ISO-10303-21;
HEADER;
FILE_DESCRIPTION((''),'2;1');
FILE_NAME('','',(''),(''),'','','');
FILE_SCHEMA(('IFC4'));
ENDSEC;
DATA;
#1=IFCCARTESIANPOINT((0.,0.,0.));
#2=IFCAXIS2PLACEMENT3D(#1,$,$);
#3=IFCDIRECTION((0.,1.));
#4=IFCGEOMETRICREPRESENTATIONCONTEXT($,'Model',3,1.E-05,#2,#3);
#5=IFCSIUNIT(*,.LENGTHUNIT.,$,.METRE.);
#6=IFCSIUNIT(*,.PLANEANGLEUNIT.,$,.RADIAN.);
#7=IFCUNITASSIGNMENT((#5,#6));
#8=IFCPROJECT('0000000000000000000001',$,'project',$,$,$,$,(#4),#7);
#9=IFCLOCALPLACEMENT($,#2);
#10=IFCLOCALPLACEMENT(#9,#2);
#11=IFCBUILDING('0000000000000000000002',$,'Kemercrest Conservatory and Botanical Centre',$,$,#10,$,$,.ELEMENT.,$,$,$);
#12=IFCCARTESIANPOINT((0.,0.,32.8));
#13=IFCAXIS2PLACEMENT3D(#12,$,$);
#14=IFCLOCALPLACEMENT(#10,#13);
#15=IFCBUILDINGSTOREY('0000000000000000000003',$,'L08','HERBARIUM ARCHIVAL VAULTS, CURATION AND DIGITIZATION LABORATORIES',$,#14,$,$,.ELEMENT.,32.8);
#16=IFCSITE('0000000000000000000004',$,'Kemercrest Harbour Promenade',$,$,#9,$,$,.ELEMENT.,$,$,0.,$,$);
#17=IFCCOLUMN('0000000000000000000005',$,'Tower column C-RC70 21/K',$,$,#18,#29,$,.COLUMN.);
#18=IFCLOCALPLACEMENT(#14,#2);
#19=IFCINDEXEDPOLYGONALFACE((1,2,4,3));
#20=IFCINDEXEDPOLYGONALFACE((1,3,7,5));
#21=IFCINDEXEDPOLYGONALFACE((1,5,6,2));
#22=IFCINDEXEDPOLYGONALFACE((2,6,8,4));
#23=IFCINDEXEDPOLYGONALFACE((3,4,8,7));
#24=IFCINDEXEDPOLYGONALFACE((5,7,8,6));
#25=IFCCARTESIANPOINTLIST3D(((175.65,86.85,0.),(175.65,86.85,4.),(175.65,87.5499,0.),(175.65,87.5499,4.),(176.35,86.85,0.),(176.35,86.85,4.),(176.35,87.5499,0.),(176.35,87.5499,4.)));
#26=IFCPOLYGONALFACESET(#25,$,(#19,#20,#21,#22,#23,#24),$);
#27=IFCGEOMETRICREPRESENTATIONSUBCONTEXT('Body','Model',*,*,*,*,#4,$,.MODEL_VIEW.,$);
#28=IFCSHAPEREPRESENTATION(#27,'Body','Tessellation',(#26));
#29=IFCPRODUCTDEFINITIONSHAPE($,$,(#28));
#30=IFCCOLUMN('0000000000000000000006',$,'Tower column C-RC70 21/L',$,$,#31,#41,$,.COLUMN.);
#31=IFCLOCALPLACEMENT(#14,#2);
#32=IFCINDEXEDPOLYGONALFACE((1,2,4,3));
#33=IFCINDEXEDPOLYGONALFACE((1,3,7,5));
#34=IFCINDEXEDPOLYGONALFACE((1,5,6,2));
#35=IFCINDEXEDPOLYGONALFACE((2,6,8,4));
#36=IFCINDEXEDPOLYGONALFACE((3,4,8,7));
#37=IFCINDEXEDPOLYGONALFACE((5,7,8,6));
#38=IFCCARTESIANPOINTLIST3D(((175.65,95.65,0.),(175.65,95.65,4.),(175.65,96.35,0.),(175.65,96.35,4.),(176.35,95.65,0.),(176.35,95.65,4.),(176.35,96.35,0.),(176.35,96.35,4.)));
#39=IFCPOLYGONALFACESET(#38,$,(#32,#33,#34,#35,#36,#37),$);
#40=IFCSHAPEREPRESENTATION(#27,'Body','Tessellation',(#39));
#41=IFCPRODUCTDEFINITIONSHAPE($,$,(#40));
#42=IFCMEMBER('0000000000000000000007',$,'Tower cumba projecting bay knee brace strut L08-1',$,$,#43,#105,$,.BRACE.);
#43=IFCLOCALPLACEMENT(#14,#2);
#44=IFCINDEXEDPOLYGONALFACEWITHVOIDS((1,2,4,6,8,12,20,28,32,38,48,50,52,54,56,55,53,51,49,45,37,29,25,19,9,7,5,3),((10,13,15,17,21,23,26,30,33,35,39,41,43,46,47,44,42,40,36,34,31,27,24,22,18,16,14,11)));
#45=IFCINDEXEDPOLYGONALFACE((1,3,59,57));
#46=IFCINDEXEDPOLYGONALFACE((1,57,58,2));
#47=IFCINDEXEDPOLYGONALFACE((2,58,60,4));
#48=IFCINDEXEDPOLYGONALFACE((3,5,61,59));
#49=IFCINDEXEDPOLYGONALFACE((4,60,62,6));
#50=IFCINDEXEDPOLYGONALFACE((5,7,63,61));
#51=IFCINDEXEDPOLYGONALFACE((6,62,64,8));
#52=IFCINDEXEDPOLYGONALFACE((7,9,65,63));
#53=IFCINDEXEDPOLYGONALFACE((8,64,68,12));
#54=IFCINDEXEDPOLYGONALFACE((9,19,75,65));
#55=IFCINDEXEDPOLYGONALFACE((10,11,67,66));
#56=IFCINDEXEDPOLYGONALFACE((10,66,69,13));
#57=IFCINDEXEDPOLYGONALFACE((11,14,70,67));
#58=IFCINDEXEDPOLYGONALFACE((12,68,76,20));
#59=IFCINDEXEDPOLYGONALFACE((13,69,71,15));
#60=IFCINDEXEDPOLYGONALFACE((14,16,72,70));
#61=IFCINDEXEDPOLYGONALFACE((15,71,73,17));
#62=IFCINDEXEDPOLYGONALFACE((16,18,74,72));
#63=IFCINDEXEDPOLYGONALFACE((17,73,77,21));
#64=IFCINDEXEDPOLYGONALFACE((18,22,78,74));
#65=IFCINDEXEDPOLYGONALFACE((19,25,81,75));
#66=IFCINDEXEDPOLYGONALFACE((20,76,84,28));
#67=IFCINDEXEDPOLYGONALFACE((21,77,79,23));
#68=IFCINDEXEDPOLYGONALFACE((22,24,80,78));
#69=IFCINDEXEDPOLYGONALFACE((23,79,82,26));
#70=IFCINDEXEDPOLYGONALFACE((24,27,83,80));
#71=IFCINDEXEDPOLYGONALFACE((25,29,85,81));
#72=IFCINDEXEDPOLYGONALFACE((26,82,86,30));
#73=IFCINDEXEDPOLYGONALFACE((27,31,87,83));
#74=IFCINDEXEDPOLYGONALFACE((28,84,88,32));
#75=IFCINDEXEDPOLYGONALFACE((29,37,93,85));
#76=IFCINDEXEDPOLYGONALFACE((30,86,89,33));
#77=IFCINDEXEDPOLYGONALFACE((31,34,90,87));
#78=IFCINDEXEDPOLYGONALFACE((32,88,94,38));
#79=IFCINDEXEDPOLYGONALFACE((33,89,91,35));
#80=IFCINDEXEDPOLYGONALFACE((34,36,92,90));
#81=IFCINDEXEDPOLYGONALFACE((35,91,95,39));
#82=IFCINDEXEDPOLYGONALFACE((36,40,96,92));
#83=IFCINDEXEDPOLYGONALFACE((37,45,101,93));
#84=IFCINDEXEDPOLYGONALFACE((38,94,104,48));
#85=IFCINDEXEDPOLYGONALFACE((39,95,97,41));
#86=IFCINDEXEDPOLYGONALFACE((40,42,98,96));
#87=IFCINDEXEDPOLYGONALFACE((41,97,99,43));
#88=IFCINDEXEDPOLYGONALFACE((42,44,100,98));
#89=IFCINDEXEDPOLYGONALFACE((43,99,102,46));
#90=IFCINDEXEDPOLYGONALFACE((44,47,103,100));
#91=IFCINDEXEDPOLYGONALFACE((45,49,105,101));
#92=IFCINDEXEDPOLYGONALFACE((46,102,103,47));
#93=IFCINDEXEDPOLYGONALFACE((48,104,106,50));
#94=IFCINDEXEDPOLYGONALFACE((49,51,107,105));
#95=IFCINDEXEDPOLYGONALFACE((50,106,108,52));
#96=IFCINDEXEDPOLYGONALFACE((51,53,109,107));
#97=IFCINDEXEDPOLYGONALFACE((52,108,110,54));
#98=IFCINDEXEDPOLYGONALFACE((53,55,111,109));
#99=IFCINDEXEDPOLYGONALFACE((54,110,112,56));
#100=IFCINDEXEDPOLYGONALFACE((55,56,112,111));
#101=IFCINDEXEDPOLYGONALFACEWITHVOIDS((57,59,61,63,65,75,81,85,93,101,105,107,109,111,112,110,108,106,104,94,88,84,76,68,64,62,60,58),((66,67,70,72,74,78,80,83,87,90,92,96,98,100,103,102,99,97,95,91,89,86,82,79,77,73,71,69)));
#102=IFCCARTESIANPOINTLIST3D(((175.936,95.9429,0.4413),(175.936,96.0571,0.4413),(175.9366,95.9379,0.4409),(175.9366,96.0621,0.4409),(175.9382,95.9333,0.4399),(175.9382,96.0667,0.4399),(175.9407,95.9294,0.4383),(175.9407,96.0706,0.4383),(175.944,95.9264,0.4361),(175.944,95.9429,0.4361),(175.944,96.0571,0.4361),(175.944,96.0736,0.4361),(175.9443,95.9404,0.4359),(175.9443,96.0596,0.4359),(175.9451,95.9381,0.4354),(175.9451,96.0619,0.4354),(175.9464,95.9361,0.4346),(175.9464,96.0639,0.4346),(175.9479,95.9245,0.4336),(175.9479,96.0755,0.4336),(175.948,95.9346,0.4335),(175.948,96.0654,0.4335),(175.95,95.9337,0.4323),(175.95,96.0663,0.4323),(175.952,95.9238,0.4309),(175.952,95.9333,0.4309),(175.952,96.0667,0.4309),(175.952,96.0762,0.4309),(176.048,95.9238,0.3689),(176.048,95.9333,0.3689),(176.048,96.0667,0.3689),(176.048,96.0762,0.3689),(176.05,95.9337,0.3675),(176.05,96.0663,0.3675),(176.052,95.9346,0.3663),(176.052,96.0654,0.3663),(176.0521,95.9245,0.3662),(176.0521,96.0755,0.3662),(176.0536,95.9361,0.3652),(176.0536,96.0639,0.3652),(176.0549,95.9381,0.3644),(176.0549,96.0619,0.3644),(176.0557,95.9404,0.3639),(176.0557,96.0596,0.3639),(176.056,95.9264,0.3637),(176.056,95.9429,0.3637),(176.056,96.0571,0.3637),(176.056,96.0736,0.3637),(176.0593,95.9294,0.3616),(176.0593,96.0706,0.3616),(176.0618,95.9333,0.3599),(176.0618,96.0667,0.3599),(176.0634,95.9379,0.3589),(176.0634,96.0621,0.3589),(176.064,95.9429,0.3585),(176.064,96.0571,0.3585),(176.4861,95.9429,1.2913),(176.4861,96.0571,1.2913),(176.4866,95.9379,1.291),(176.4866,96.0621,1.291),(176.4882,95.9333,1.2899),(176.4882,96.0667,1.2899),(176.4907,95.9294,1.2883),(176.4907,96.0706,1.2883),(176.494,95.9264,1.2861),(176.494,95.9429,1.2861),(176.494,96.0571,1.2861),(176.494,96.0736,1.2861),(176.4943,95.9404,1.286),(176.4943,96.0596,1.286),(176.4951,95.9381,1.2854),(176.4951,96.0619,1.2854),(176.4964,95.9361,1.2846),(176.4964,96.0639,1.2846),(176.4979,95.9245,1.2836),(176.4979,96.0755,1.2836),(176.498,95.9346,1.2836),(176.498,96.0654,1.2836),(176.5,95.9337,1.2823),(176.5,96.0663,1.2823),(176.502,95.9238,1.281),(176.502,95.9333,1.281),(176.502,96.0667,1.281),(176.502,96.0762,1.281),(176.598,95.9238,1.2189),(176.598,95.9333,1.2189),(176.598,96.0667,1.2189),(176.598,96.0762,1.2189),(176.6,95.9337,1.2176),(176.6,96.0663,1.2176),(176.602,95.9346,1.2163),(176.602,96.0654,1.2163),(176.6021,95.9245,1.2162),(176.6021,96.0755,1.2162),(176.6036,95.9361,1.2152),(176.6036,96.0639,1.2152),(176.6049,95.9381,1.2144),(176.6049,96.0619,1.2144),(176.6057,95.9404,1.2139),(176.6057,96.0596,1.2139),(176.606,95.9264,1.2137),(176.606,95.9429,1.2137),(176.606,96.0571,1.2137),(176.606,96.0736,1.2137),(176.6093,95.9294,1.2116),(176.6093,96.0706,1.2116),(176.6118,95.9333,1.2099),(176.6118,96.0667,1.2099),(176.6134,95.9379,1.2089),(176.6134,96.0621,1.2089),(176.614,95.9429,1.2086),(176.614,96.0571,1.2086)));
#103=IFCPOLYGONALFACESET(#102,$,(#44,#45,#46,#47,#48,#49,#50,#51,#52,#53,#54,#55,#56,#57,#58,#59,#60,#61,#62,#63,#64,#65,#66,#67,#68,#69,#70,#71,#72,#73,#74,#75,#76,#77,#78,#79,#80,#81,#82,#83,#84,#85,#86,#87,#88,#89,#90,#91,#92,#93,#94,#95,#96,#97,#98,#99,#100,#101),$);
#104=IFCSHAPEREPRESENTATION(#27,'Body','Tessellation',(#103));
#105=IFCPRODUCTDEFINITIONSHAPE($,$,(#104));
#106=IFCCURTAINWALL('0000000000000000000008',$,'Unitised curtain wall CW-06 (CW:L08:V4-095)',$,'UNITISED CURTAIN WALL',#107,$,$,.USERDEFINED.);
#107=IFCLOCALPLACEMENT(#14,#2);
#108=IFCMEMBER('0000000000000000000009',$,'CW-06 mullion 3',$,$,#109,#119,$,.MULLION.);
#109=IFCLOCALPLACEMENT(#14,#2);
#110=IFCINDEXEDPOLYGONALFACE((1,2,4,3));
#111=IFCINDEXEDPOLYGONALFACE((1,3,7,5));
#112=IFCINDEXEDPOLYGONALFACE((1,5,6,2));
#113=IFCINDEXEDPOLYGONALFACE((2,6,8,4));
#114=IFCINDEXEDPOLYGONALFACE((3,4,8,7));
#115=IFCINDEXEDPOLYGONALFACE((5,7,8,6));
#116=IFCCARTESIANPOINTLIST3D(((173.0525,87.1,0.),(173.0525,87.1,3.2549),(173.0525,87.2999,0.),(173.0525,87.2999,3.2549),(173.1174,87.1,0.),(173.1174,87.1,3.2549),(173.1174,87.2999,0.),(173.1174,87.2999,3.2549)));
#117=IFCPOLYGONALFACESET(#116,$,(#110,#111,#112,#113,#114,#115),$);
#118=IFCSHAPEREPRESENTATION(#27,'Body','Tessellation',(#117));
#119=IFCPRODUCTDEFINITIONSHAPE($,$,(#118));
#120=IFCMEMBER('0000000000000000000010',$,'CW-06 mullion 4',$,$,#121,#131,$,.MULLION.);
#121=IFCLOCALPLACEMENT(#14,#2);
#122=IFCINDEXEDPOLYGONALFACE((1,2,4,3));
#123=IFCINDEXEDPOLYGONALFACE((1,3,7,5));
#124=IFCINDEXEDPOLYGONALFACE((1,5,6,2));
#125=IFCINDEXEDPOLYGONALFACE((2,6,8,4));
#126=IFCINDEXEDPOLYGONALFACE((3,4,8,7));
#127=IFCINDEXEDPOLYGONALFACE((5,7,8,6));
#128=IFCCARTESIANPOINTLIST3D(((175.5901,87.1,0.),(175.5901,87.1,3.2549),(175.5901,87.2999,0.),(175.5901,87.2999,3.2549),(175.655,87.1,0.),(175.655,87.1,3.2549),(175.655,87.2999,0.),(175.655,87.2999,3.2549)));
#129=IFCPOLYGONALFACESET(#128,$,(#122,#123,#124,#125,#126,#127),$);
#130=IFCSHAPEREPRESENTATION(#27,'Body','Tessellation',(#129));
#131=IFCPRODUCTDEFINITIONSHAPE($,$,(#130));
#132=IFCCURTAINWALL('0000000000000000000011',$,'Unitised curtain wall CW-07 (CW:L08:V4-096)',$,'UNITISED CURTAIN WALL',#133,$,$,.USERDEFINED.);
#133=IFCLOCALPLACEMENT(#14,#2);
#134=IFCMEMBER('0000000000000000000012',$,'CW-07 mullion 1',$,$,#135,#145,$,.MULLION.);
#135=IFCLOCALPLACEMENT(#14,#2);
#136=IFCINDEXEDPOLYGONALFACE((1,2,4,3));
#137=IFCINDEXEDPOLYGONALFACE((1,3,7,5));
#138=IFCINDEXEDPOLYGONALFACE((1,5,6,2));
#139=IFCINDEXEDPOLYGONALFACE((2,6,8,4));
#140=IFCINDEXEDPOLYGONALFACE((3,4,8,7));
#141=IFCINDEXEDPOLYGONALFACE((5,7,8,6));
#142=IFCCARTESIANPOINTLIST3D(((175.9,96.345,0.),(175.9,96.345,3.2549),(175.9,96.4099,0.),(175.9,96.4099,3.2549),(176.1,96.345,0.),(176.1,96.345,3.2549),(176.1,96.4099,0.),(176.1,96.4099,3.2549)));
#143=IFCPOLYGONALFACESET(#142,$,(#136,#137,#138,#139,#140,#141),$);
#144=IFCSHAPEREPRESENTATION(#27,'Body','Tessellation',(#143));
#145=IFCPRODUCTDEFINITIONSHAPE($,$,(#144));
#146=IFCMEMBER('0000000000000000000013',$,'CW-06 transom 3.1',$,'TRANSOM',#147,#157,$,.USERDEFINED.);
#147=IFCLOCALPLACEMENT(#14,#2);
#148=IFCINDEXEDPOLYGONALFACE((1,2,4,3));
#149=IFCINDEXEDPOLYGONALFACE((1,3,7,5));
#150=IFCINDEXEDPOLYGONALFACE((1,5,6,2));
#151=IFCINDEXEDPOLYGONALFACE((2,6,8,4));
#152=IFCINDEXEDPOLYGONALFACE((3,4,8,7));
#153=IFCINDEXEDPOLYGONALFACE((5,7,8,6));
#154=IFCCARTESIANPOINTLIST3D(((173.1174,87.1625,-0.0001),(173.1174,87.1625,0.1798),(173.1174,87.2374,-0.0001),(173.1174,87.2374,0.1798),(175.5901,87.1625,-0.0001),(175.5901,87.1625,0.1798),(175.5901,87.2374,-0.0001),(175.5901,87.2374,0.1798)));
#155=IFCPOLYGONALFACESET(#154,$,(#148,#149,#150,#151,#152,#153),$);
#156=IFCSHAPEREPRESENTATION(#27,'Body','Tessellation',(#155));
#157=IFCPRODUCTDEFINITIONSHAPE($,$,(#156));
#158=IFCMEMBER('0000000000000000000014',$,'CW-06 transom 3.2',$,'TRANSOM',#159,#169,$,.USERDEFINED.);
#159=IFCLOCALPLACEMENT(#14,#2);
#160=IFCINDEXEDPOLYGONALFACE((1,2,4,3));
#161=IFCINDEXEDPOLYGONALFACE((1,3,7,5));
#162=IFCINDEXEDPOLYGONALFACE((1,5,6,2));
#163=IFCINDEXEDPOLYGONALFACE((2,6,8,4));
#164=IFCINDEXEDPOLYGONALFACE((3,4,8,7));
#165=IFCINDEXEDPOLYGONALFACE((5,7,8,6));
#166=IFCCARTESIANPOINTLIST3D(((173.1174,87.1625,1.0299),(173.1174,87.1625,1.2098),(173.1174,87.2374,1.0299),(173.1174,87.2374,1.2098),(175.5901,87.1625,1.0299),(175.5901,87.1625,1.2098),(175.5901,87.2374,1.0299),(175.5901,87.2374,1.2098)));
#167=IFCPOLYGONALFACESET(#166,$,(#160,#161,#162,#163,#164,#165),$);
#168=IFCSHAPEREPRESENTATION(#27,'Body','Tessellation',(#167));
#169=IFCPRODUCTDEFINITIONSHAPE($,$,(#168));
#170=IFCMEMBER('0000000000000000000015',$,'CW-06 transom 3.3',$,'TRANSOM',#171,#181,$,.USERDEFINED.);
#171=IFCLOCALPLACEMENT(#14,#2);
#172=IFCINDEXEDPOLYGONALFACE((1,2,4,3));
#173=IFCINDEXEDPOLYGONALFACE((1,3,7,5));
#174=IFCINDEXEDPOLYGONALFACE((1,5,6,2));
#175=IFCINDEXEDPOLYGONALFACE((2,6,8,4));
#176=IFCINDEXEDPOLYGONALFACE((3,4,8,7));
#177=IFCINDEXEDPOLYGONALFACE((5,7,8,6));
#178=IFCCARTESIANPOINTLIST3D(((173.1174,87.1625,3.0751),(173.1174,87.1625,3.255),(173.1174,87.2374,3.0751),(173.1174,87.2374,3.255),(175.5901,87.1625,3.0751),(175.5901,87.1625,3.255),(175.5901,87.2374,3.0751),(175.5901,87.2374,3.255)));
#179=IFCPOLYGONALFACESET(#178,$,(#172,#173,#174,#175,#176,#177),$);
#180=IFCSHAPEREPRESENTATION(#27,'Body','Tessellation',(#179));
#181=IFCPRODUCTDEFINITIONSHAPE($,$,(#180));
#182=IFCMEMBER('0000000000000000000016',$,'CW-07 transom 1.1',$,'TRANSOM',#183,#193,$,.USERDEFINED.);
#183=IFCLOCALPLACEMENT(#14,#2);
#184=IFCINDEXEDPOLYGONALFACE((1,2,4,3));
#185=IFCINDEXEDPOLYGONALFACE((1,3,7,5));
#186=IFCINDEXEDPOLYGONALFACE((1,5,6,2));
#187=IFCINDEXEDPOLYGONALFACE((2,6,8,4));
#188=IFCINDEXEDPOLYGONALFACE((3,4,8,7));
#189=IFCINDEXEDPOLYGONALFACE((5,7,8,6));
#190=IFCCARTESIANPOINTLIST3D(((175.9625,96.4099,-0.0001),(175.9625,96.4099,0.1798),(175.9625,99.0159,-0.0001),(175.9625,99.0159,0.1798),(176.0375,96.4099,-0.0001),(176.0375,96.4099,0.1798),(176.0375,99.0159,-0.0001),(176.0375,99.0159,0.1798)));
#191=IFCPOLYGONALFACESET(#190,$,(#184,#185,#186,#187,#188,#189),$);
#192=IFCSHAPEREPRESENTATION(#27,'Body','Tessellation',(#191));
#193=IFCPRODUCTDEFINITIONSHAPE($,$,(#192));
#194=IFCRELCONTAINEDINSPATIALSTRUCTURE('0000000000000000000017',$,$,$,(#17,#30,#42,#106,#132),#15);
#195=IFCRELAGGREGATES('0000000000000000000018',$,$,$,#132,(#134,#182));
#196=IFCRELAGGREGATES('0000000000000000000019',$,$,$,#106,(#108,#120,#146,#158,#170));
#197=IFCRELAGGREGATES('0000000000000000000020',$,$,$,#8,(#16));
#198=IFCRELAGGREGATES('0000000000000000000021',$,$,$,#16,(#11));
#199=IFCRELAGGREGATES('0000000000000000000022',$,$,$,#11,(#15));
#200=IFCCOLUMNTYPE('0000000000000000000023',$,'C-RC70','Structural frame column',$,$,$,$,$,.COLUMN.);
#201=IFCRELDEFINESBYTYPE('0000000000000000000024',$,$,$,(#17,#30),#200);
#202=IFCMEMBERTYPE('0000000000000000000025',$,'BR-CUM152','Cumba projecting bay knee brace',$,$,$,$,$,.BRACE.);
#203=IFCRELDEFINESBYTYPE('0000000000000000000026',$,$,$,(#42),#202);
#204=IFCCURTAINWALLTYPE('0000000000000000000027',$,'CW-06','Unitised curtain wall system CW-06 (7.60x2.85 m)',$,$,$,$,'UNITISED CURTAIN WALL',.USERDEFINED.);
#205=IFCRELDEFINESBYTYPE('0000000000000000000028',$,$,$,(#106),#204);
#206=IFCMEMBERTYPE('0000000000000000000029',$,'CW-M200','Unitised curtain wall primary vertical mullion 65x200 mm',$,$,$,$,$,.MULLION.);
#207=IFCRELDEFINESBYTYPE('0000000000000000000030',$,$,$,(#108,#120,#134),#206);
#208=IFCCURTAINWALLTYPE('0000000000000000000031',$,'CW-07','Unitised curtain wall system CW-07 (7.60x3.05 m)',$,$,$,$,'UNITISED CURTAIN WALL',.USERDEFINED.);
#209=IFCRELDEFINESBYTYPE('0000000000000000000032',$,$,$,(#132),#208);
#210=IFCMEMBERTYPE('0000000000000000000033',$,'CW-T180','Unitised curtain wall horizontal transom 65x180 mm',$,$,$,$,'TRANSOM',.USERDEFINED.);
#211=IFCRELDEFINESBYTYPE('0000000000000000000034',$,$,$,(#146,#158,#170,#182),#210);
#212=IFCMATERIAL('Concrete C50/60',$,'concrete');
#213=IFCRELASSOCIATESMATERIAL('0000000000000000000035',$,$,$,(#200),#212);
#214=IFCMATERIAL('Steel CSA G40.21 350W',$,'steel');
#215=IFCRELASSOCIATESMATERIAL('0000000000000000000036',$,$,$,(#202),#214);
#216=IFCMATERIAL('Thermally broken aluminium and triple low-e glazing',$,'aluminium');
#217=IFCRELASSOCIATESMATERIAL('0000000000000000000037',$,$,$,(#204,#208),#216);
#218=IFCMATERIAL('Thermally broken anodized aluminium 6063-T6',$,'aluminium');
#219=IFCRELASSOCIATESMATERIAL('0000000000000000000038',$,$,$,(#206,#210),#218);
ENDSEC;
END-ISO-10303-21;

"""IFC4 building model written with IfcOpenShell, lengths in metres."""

from ifc_helpers import new_model, si_unit, direction, frame, origin, origin_2d, place, context, subcontext, project, spatial, rectangle, hollow_rectangle, extrude, material, material_profile, profile_set, type_object, element, aggregate, save


model = new_model("IFC4")

# Units and contexts
model_context = context("Model", 3, precision=1e-05, world=origin(), true_north=direction((0.0, 1.0)))
body_context = subcontext(model_context, "Body", "Model", "MODEL_VIEW")
ifc_project = project(units=[si_unit("LENGTHUNIT", "METRE"), si_unit("PLANEANGLEUNIT", "RADIAN")], contexts=[model_context])

# Site, building, storey
site_placement = place(None, origin())
site = spatial("IfcSite", under=ifc_project, at=site_placement, Name="Kemercrest Harbour Promenade", CompositionType="ELEMENT", RefElevation=0.0)
building_placement = place(site_placement, origin())
building = spatial("IfcBuilding", under=site, at=building_placement, Name="Kemercrest Conservatory and Botanical Centre", CompositionType="ELEMENT")
storey_placement = place(building_placement, frame((0.0, 0.0, 32.8)))
storey = spatial("IfcBuildingStorey", under=building, at=storey_placement, Name="L08", Description="HERBARIUM ARCHIVAL VAULTS, CURATION AND DIGITIZATION LABORATORIES", CompositionType="ELEMENT", Elevation=32.8)

# Columns
ifc_material_1 = material(Name="Concrete C50/60", Category="concrete")
ifc_material_profile_1 = material_profile(ifc_material_1, rectangle(XDim=0.7, YDim=0.7, at=origin_2d()), Name="RC 700x700")
ifc_profile_set_1 = profile_set([ifc_material_profile_1], Name="Concrete C50/60")
column_type = type_object("IfcColumnType", Name="C-RC70", Description="Structural frame column", PredefinedType="COLUMN", material=ifc_profile_set_1)
for number, where, z_axis, x_axis, name in (
    (1, (176.0, 87.2, 0.0), (0.0, 0.0, 1.0), (1.0, 0.0, 0.0), "Tower column C-RC70 21/K"),
    (2, (176.0, 96.0, 0.0), (0.0, 0.0, 1.0), (1.0, 0.0, 0.0), "Tower column C-RC70 21/L"),
):
    element("IfcColumn", number, at=place(storey_placement, frame(where, z_axis=z_axis, x_axis=x_axis)), inside=storey, type_object=column_type, Name=name, PredefinedType="COLUMN", context=body_context, shape_type="SweptSolid", body=[
        extrude(rectangle(XDim=0.7, YDim=0.7, at=origin_2d()), origin(), (0.0, 0.0, 1.0), 4.0),
    ])

# Member
ifc_material_2 = material(Name="Steel CSA G40.21 350W", Category="steel")
ifc_material_profile_2 = material_profile(ifc_material_2, hollow_rectangle(XDim=0.1523, YDim=0.1523, WallThickness=0.0095, InnerFilletRadius=0.0095, OuterFilletRadius=0.019, at=origin_2d()), Name="HSS 152x152x9.5")
ifc_profile_set_2 = profile_set([ifc_material_profile_2], Name="Steel CSA G40.21 350W")
member_type_1 = type_object("IfcMemberType", Name="BR-CUM152", Description="Cumba projecting bay knee brace", PredefinedType="BRACE", material=ifc_profile_set_2)
member_1_placement = place(storey_placement, frame((176.0, 96.0, 0.3999), z_axis=(0.543241, 0.0, 0.839577), x_axis=(0.0, 1.0, 0.0)))
element("IfcMember", 3, at=member_1_placement, inside=storey, type_object=member_type_1, Name="Tower cumba projecting bay knee brace strut L08-1", PredefinedType="BRACE", context=body_context, shape_type="SweptSolid", body=[
    extrude(hollow_rectangle(XDim=0.1523, YDim=0.1523, WallThickness=0.0095, InnerFilletRadius=0.0095, OuterFilletRadius=0.019, at=origin_2d()), origin(), (0.0, 0.0, 1.0), 1.0125),
])

# Curtain wall, members
ifc_material_3 = material(Name="Thermally broken aluminium and triple low-e glazing", Category="aluminium")
curtain_wall_type_1 = type_object("IfcCurtainWallType", Name="CW-06", Description="Unitised curtain wall system CW-06 (7.60x2.85 m)", ElementType="UNITISED CURTAIN WALL", PredefinedType="USERDEFINED", material=ifc_material_3)
curtain_wall_1_placement = place(storey_placement, origin())
curtain_wall_1 = element("IfcCurtainWall", 4, at=curtain_wall_1_placement, inside=storey, type_object=curtain_wall_type_1, Name="Unitised curtain wall CW-06 (CW:L08:V4-095)", ObjectType="UNITISED CURTAIN WALL", PredefinedType="USERDEFINED")
ifc_material_4 = material(Name="Thermally broken anodized aluminium 6063-T6", Category="aluminium")
ifc_material_profile_3 = material_profile(ifc_material_4, rectangle(XDim=0.2, YDim=0.0649, at=origin_2d()), Name="AL MULLION 65x200")
ifc_profile_set_3 = profile_set([ifc_material_profile_3], Name="Thermally broken anodized aluminium 6063-T6")
member_type_2 = type_object("IfcMemberType", Name="CW-M200", Description="Unitised curtain wall primary vertical mullion 65x200 mm", PredefinedType="MULLION", material=ifc_profile_set_3)
member_2_placement = place(storey_placement, frame((173.085, 87.2, 0.0), z_axis=(0.0, 0.0, 1.0), x_axis=(0.0, 1.0, 0.0)))
member_2 = element("IfcMember", 5, at=member_2_placement, type_object=member_type_2, Name="CW-06 mullion 3", PredefinedType="MULLION", context=body_context, shape_type="SweptSolid", body=[
    extrude(rectangle(XDim=0.2, YDim=0.0649, at=origin_2d()), origin(), (0.0, 0.0, 1.0), 3.2549),
])
member_3_placement = place(storey_placement, frame((175.6226, 87.2, 0.0), z_axis=(0.0, 0.0, 1.0), x_axis=(0.0, 1.0, 0.0)))
member_3 = element("IfcMember", 6, at=member_3_placement, type_object=member_type_2, Name="CW-06 mullion 4", PredefinedType="MULLION", context=body_context, shape_type="SweptSolid", body=[
    extrude(rectangle(XDim=0.2, YDim=0.0649, at=origin_2d()), origin(), (0.0, 0.0, 1.0), 3.2549),
])

# Curtain wall, member
curtain_wall_type_2 = type_object("IfcCurtainWallType", Name="CW-07", Description="Unitised curtain wall system CW-07 (7.60x3.05 m)", ElementType="UNITISED CURTAIN WALL", PredefinedType="USERDEFINED", material=ifc_material_3)
curtain_wall_2_placement = place(storey_placement, origin())
curtain_wall_2 = element("IfcCurtainWall", 7, at=curtain_wall_2_placement, inside=storey, type_object=curtain_wall_type_2, Name="Unitised curtain wall CW-07 (CW:L08:V4-096)", ObjectType="UNITISED CURTAIN WALL", PredefinedType="USERDEFINED")
member_4_placement = place(storey_placement, frame((176.0, 96.3774, 0.0), z_axis=(0.0, 0.0, 1.0), x_axis=(-1.0, 0.0, 0.0)))
member_4 = element("IfcMember", 8, at=member_4_placement, type_object=member_type_2, Name="CW-07 mullion 1", PredefinedType="MULLION", context=body_context, shape_type="SweptSolid", body=[
    extrude(rectangle(XDim=0.2, YDim=0.0649, at=origin_2d()), origin(), (0.0, 0.0, 1.0), 3.2549),
])

# Members
ifc_material_profile_4 = material_profile(ifc_material_4, rectangle(XDim=0.075, YDim=0.1799, at=origin_2d()), Name="AL TRANSOM 75x180")
ifc_profile_set_4 = profile_set([ifc_material_profile_4], Name="Thermally broken anodized aluminium 6063-T6")
member_type_3 = type_object("IfcMemberType", Name="CW-T180", Description="Unitised curtain wall horizontal transom 65x180 mm", ElementType="TRANSOM", PredefinedType="USERDEFINED", material=ifc_profile_set_4)
member_5_placement = place(storey_placement, frame((173.1174, 87.2, 0.0898), z_axis=(1.0, 0.0, 0.0), x_axis=(0.0, 1.0, 0.0)))
member_5 = element("IfcMember", 9, at=member_5_placement, type_object=member_type_3, Name="CW-06 transom 3.1", ObjectType="TRANSOM", PredefinedType="USERDEFINED", context=body_context, shape_type="SweptSolid", body=[
    extrude(rectangle(XDim=0.075, YDim=0.1799, at=origin_2d()), origin(), (0.0, 0.0, 1.0), 2.4727),
])
member_6_placement = place(storey_placement, frame((173.1174, 87.2, 1.1199), z_axis=(1.0, 0.0, 0.0), x_axis=(0.0, 1.0, 0.0)))
member_6 = element("IfcMember", 10, at=member_6_placement, type_object=member_type_3, Name="CW-06 transom 3.2", ObjectType="TRANSOM", PredefinedType="USERDEFINED", context=body_context, shape_type="SweptSolid", body=[
    extrude(rectangle(XDim=0.075, YDim=0.1799, at=origin_2d()), origin(), (0.0, 0.0, 1.0), 2.4727),
])
member_7_placement = place(storey_placement, frame((173.1174, 87.2, 3.165), z_axis=(1.0, 0.0, 0.0), x_axis=(0.0, 1.0, 0.0)))
member_7 = element("IfcMember", 11, at=member_7_placement, type_object=member_type_3, Name="CW-06 transom 3.3", ObjectType="TRANSOM", PredefinedType="USERDEFINED", context=body_context, shape_type="SweptSolid", body=[
    extrude(rectangle(XDim=0.075, YDim=0.1799, at=origin_2d()), origin(), (0.0, 0.0, 1.0), 2.4727),
])
member_8_placement = place(storey_placement, frame((176.0, 96.4099, 0.0898), z_axis=(0.0, 1.0, 0.0), x_axis=(-1.0, 0.0, 0.0)))
member_8 = element("IfcMember", 12, at=member_8_placement, type_object=member_type_3, Name="CW-07 transom 1.1", ObjectType="TRANSOM", PredefinedType="USERDEFINED", context=body_context, shape_type="SweptSolid", body=[
    extrude(rectangle(XDim=0.075, YDim=0.1799, at=origin_2d()), origin(), (0.0, 0.0, 1.0), 2.606),
])
aggregate(curtain_wall_2, [member_4, member_8])

aggregate(curtain_wall_1, [member_2, member_3, member_5, member_6, member_7])

save(model, "model.ifc")
